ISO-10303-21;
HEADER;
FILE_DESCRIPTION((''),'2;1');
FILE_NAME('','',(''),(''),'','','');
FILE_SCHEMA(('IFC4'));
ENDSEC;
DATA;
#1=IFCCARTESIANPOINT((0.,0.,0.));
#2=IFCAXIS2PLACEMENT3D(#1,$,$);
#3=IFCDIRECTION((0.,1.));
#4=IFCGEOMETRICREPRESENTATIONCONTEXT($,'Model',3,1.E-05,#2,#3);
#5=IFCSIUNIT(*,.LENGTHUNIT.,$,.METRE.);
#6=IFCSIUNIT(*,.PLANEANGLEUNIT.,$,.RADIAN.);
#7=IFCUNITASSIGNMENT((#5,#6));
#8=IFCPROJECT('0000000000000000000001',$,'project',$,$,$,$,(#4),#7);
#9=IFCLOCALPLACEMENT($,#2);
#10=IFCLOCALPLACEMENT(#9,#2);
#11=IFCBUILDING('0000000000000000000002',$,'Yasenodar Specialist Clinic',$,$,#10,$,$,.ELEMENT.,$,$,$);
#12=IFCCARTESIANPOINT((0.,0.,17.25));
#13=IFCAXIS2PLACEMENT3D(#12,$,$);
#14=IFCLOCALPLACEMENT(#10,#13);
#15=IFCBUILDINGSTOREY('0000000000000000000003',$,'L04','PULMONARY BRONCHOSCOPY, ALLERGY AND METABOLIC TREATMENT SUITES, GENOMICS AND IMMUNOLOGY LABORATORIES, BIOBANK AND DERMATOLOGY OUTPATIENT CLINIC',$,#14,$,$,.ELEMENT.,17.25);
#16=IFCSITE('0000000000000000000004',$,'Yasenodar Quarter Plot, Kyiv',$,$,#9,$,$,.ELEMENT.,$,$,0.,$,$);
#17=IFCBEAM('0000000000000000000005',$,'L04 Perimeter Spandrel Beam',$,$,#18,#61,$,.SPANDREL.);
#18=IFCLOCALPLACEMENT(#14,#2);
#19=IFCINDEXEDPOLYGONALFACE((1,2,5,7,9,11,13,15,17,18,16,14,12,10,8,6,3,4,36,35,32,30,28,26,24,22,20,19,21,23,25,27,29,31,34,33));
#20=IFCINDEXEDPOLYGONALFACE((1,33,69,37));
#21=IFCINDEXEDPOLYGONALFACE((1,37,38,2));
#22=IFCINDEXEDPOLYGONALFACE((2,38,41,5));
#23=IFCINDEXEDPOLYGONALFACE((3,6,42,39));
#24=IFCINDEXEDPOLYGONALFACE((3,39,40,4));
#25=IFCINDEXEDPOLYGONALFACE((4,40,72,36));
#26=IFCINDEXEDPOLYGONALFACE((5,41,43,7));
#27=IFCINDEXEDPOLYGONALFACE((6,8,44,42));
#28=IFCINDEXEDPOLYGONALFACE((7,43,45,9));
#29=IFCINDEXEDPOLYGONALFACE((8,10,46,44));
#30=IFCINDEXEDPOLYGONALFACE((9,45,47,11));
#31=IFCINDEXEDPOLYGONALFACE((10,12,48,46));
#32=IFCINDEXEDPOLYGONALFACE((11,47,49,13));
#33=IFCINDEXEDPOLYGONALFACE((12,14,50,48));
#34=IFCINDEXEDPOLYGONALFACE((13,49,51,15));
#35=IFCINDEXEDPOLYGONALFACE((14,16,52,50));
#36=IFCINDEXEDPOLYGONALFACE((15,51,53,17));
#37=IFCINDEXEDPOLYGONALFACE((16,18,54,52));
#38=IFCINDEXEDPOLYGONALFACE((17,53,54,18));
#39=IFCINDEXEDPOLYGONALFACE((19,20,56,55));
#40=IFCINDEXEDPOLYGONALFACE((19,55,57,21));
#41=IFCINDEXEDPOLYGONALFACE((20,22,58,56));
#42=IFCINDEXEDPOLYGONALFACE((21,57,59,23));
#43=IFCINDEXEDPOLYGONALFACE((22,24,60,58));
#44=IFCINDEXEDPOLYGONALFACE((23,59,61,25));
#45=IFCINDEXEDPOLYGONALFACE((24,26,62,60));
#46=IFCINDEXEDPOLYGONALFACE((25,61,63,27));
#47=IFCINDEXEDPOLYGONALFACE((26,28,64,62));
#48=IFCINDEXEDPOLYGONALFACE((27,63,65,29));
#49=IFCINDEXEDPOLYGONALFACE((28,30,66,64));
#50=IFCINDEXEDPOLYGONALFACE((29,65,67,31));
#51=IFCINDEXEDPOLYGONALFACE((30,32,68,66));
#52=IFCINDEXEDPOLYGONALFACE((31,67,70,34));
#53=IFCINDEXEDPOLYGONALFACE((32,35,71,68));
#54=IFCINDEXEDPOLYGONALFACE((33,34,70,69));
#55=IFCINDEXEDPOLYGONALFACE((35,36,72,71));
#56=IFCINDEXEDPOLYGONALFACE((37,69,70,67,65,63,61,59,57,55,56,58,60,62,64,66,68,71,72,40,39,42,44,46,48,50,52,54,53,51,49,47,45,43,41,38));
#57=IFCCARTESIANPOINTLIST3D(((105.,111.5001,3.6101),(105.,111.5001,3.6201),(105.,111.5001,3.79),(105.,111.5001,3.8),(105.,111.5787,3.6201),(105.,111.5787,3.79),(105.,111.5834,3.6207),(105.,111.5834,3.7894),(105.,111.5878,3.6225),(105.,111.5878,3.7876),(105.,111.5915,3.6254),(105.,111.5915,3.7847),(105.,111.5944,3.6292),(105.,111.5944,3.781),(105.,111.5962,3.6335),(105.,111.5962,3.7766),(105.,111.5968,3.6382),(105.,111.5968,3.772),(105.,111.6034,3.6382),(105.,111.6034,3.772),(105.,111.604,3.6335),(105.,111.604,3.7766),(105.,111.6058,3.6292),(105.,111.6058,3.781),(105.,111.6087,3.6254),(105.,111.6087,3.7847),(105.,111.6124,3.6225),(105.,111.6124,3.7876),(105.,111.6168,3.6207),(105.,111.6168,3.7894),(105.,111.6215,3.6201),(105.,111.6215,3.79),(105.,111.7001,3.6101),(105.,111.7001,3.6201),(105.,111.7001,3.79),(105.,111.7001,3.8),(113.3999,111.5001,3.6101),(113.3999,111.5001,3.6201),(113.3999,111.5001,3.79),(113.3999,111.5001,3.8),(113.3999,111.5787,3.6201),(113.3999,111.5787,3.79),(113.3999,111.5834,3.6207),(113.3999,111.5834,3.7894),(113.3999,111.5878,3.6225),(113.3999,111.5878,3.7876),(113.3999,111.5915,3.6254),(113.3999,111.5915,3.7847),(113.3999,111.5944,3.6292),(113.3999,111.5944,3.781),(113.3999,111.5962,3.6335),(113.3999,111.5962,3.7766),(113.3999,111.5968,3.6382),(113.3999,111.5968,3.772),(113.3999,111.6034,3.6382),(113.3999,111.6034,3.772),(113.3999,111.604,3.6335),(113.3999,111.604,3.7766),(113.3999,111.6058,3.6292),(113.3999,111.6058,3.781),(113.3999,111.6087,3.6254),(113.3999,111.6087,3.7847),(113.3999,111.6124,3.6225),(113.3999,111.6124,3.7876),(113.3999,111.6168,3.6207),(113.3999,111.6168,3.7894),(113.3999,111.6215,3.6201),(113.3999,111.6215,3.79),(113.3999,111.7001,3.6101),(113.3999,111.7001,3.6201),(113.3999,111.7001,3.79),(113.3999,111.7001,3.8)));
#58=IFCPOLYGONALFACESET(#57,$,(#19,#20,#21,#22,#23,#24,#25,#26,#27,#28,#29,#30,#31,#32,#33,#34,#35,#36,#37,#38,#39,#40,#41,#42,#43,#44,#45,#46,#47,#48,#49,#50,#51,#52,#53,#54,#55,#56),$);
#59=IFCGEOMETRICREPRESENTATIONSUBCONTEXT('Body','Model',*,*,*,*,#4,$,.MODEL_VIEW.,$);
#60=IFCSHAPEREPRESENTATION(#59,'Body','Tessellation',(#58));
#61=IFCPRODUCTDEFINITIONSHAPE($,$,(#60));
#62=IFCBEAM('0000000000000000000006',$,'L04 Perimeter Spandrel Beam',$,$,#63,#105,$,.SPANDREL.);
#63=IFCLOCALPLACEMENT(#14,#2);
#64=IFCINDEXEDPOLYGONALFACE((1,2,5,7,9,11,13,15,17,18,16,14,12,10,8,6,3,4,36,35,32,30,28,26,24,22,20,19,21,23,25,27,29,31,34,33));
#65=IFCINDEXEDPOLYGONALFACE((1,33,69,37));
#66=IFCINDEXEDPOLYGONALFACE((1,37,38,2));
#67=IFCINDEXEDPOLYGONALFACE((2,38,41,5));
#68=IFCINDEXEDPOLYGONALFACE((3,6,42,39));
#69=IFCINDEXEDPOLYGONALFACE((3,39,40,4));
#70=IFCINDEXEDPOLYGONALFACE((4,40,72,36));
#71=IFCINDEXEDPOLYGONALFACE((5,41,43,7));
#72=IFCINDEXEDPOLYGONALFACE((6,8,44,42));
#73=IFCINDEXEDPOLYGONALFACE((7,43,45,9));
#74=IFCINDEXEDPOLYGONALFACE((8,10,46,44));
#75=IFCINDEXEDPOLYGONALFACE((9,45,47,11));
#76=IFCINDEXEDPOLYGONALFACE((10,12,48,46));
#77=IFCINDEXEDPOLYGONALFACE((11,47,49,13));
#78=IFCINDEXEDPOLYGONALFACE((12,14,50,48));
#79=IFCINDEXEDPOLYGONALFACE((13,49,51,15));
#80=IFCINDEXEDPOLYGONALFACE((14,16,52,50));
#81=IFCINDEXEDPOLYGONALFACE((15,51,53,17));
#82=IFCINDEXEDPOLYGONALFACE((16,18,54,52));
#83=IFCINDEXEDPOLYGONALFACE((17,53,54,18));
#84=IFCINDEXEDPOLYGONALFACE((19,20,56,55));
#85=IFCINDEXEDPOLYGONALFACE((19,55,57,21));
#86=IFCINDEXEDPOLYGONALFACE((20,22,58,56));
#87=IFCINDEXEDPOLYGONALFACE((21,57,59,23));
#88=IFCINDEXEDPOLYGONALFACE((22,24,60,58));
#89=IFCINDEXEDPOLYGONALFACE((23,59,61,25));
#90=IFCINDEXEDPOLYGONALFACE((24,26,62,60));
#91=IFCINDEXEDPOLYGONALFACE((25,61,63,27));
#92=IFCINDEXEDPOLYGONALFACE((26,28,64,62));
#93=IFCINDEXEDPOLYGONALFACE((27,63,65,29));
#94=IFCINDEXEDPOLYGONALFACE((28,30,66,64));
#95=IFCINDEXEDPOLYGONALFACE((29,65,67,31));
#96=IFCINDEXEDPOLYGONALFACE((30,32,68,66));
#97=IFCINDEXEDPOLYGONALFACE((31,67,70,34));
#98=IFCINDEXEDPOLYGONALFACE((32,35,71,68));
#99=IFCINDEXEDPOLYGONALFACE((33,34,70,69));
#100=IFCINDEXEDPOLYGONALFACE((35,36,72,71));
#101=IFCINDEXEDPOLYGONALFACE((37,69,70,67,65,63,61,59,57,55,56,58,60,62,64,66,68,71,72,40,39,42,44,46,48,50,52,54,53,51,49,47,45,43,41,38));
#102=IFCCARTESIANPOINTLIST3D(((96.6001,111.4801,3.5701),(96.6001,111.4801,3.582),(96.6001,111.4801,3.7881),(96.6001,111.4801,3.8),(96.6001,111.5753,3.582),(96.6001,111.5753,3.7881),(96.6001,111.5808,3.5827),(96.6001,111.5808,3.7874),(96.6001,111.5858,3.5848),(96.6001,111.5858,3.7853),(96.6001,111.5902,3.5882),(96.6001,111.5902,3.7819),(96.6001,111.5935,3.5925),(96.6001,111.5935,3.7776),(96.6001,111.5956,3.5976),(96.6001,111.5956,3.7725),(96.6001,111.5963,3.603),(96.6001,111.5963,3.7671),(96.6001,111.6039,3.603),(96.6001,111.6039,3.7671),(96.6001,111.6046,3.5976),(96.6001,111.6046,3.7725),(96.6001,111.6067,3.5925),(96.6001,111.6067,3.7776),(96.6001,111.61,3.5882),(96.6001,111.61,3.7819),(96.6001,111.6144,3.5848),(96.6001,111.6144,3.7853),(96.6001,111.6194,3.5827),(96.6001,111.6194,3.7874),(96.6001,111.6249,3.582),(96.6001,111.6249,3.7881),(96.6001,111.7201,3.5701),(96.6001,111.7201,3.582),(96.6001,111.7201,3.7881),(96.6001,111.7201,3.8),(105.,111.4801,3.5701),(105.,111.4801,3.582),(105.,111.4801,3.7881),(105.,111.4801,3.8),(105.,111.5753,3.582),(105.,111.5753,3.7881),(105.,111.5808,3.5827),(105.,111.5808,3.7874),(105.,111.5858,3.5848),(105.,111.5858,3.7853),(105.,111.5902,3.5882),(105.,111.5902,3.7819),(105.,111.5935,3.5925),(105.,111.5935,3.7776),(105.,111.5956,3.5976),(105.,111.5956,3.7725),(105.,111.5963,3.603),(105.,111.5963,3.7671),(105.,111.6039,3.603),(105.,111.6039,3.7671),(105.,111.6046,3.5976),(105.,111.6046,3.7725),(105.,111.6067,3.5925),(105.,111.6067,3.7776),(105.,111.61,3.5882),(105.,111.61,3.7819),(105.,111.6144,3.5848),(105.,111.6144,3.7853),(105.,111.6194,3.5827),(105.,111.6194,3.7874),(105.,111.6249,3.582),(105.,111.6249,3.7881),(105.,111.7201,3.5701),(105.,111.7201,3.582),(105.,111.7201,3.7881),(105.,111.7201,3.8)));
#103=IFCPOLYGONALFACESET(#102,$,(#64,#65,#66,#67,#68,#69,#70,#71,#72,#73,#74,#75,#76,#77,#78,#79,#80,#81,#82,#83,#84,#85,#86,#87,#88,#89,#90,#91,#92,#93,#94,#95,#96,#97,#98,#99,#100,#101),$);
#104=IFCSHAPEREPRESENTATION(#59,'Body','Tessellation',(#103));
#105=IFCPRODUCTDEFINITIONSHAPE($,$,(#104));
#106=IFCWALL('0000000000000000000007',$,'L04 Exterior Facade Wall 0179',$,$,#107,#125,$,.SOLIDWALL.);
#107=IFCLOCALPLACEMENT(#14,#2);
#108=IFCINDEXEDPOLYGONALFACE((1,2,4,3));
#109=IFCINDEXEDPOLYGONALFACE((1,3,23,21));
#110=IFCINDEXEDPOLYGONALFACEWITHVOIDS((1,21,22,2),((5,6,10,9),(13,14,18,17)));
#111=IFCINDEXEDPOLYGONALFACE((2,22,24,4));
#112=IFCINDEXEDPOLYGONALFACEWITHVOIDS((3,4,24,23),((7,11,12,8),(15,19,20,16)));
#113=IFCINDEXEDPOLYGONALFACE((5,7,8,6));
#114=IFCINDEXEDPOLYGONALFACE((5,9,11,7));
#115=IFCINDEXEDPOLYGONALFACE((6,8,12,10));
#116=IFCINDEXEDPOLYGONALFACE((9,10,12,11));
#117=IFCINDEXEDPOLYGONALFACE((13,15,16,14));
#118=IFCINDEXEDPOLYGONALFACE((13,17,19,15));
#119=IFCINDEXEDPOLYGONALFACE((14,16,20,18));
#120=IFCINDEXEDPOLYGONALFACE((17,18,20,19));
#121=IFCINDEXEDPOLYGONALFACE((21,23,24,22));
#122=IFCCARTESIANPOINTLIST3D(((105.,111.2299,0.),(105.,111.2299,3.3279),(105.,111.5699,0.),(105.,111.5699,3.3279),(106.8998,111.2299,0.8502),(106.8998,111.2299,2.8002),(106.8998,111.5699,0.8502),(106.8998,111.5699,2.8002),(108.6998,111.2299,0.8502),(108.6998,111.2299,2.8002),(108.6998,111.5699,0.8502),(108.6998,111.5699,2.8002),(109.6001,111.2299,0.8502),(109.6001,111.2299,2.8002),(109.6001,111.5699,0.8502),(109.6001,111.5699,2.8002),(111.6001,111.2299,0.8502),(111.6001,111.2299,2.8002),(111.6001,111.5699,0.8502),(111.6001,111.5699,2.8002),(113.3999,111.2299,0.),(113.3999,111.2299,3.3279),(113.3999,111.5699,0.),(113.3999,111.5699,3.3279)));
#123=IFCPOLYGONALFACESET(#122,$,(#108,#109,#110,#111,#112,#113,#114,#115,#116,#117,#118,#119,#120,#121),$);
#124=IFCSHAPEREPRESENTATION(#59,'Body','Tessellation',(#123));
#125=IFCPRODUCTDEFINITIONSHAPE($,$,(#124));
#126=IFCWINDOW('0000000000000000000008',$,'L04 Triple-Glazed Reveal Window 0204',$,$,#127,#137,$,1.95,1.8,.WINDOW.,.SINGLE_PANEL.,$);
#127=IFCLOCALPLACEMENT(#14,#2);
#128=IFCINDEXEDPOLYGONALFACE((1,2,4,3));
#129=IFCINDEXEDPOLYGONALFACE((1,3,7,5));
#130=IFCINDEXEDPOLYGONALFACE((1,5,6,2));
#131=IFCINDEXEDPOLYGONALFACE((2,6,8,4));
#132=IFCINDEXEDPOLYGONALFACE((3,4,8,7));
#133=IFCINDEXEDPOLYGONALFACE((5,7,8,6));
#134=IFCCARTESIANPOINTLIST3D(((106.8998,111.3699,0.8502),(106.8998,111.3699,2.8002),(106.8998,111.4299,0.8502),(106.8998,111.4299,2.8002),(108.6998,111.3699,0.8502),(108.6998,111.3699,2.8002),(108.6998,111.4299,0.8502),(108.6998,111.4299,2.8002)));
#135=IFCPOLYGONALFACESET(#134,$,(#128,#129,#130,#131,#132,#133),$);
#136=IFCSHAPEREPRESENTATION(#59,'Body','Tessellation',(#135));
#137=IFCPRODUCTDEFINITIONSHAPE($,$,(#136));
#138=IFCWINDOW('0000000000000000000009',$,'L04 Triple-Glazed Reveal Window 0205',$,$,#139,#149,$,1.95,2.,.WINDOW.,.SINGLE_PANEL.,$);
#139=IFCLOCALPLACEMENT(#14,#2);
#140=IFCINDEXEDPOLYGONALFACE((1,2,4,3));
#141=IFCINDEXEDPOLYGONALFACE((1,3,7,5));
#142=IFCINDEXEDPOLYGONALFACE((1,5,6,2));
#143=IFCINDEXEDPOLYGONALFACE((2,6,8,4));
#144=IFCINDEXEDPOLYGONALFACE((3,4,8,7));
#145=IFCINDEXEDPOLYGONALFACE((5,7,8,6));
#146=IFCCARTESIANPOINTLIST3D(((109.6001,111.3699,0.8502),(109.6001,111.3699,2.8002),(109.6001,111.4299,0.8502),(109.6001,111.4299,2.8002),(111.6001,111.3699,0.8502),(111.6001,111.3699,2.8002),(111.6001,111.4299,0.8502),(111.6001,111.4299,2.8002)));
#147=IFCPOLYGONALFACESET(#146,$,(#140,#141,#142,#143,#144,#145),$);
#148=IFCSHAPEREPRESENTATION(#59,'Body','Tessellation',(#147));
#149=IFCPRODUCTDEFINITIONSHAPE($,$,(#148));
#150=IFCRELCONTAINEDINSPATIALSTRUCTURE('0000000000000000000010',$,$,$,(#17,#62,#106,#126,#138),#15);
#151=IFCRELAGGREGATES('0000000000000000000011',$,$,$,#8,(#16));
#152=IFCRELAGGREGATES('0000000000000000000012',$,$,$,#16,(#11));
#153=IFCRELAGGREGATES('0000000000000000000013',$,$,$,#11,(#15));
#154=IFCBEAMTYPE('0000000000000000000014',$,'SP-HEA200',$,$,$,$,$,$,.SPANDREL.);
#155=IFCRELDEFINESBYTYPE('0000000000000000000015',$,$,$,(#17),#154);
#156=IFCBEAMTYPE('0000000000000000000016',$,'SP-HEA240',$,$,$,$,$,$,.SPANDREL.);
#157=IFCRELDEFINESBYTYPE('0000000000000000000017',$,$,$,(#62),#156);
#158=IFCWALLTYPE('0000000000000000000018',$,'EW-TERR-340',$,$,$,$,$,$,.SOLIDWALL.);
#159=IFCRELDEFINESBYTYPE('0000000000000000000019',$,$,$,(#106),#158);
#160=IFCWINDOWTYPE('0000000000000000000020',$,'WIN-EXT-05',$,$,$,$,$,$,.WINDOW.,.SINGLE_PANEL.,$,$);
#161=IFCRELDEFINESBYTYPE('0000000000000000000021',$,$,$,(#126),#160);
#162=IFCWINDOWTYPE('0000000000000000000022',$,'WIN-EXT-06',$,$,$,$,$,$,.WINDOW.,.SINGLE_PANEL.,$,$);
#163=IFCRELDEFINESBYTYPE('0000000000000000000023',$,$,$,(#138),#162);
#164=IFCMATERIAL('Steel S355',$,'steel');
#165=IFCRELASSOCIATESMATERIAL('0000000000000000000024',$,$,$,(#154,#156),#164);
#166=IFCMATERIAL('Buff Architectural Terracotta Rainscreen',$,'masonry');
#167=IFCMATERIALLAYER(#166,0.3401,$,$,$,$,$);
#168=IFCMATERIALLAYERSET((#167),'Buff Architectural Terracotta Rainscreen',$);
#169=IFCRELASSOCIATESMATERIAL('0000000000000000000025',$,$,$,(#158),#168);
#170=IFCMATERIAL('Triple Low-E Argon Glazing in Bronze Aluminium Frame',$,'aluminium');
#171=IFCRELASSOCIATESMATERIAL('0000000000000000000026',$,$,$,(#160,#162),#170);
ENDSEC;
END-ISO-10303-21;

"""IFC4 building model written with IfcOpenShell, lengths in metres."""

from ifc_helpers import new_model, si_unit, direction, frame, frame_2d, origin, origin_2d, place, context, subcontext, project, spatial, rectangle, i_section, extrude, material, layer, layer_set, material_profile, profile_set, type_object, element, fill, save


model = new_model("IFC4")

# Units and contexts
model_context = context("Model", 3, precision=1e-05, world=origin(), true_north=direction((0.0, 1.0)))
body_context = subcontext(model_context, "Body", "Model", "MODEL_VIEW")
ifc_project = project(units=[si_unit("LENGTHUNIT", "METRE"), si_unit("PLANEANGLEUNIT", "RADIAN")], contexts=[model_context])

# Site, building, storey
site_placement = place(None, origin())
site = spatial("IfcSite", under=ifc_project, at=site_placement, Name="Yasenodar Quarter Plot, Kyiv", CompositionType="ELEMENT", RefElevation=0.0)
building_placement = place(site_placement, origin())
building = spatial("IfcBuilding", under=site, at=building_placement, Name="Yasenodar Specialist Clinic", CompositionType="ELEMENT")
storey_placement = place(building_placement, frame((0.0, 0.0, 17.25)))
storey = spatial("IfcBuildingStorey", under=building, at=storey_placement, Name="L04", Description="PULMONARY BRONCHOSCOPY, ALLERGY AND METABOLIC TREATMENT SUITES, GENOMICS AND IMMUNOLOGY LABORATORIES, BIOBANK AND DERMATOLOGY OUTPATIENT CLINIC", CompositionType="ELEMENT", Elevation=17.25)

# Shared definitions
ifc_material_1 = material(Name="Steel S355", Category="steel")

# Beams
ifc_material_profile_1 = material_profile(ifc_material_1, i_section(OverallWidth=0.2, OverallDepth=0.1899, WebThickness=0.0066, FlangeThickness=0.01, FilletRadius=0.0181, at=origin_2d()), Name="HEA 200")
ifc_profile_set_1 = profile_set([ifc_material_profile_1], Name="Steel S355")
beam_type_1 = type_object("IfcBeamType", Name="SP-HEA200", PredefinedType="SPANDREL", material=ifc_profile_set_1)
beam_1_placement = place(storey_placement, frame((105.0, 111.6001, 3.7051), z_axis=(1.0, 0.0, 0.0), x_axis=(0.0, 1.0, 0.0)))
element("IfcBeam", 1, at=beam_1_placement, inside=storey, type_object=beam_type_1, Name="L04 Perimeter Spandrel Beam", PredefinedType="SPANDREL", context=body_context, shape_type="SweptSolid", body=[
    extrude(i_section(OverallWidth=0.2, OverallDepth=0.1899, WebThickness=0.0066, FlangeThickness=0.01, FilletRadius=0.0181, at=origin_2d()), origin(), (0.0, 0.0, 1.0), 8.3999),
])
ifc_material_profile_2 = material_profile(ifc_material_1, i_section(OverallWidth=0.24, OverallDepth=0.23, WebThickness=0.0076, FlangeThickness=0.012, FilletRadius=0.021, at=origin_2d()), Name="HEA 240")
ifc_profile_set_2 = profile_set([ifc_material_profile_2], Name="Steel S355")
beam_type_2 = type_object("IfcBeamType", Name="SP-HEA240", PredefinedType="SPANDREL", material=ifc_profile_set_2)
beam_2_placement = place(storey_placement, frame((96.6001, 111.6001, 3.6851), z_axis=(1.0, 0.0, 0.0), x_axis=(0.0, 1.0, 0.0)))
element("IfcBeam", 2, at=beam_2_placement, inside=storey, type_object=beam_type_2, Name="L04 Perimeter Spandrel Beam", PredefinedType="SPANDREL", context=body_context, shape_type="SweptSolid", body=[
    extrude(i_section(OverallWidth=0.24, OverallDepth=0.23, WebThickness=0.0076, FlangeThickness=0.012, FilletRadius=0.021, at=origin_2d()), origin(), (0.0, 0.0, 1.0), 8.3999),
])

# Wall, openings, windows
ifc_material_2 = material(Name="Buff Architectural Terracotta Rainscreen", Category="masonry")
ifc_layer_1 = layer(ifc_material_2, 0.3401)
ifc_layer_set_1 = layer_set([ifc_layer_1], Name="Buff Architectural Terracotta Rainscreen")
wall_type_1 = type_object("IfcWallType", Name="EW-TERR-340", PredefinedType="SOLIDWALL", material=ifc_layer_set_1)
wall_1_placement = place(storey_placement, frame((105.0, 111.3999, 0.0), z_axis=(0.0, 0.0, 1.0), x_axis=(1.0, 0.0, 0.0)))
wall_1 = element("IfcWall", 3, at=wall_1_placement, inside=storey, type_object=wall_type_1, Name="L04 Exterior Facade Wall 0179", PredefinedType="SOLIDWALL", context=body_context, shape_type="SweptSolid", body=[
    extrude(rectangle(XDim=8.3999, YDim=0.3401, at=frame_2d((4.2, 0.0))), origin(), (0.0, 0.0, 1.0), 3.3279),
])
opening_1_placement = place(wall_1_placement, frame((1.8999, 0.0, 0.8501)))
opening_1 = element("IfcOpeningElement", 4, at=opening_1_placement, cuts=wall_1, PredefinedType="OPENING", context=body_context, shape_type="SweptSolid", body=[
    extrude(rectangle(XDim=1.8, YDim=1.95, at=frame_2d((0.8999, 0.9751))), frame((0.0, 0.1802, 0.0), z_axis=(0.0, -1.0, 0.0), x_axis=(1.0, 0.0, 0.0)), (0.0, 0.0, 1.0), 0.3601),
])
opening_2_placement = place(wall_1_placement, frame((4.6001, 0.0, 0.8501)))
opening_2 = element("IfcOpeningElement", 5, at=opening_2_placement, cuts=wall_1, PredefinedType="OPENING", context=body_context, shape_type="SweptSolid", body=[
    extrude(rectangle(XDim=2.0, YDim=1.95, at=frame_2d((1.0, 0.9751))), frame((0.0, 0.1802, 0.0), z_axis=(0.0, -1.0, 0.0), x_axis=(1.0, 0.0, 0.0)), (0.0, 0.0, 1.0), 0.3601),
])
ifc_material_3 = material(Name="Triple Low-E Argon Glazing in Bronze Aluminium Frame", Category="aluminium")
window_type_1 = type_object("IfcWindowType", Name="WIN-EXT-05", PartitioningType="SINGLE_PANEL", PredefinedType="WINDOW", material=ifc_material_3)
window_1_placement = place(opening_1_placement, origin())
window_1 = element("IfcWindow", 6, at=window_1_placement, inside=storey, type_object=window_type_1, Name="L04 Triple-Glazed Reveal Window 0204", OverallHeight=1.95, OverallWidth=1.8, PartitioningType="SINGLE_PANEL", PredefinedType="WINDOW", context=body_context, shape_type="SweptSolid", body=[
    extrude(rectangle(XDim=1.8, YDim=1.95, at=frame_2d((0.8999, 0.9751))), frame((0.0, 0.03, 0.0), z_axis=(0.0, -1.0, 0.0), x_axis=(1.0, 0.0, 0.0)), (0.0, 0.0, 1.0), 0.0601),
])
fill(opening_1, window_1)
window_type_2 = type_object("IfcWindowType", Name="WIN-EXT-06", PartitioningType="SINGLE_PANEL", PredefinedType="WINDOW", material=ifc_material_3)
window_2_placement = place(opening_2_placement, origin())
window_2 = element("IfcWindow", 7, at=window_2_placement, inside=storey, type_object=window_type_2, Name="L04 Triple-Glazed Reveal Window 0205", OverallHeight=1.95, OverallWidth=2.0, PartitioningType="SINGLE_PANEL", PredefinedType="WINDOW", context=body_context, shape_type="SweptSolid", body=[
    extrude(rectangle(XDim=2.0, YDim=1.95, at=frame_2d((1.0, 0.9751))), frame((0.0, 0.03, 0.0), z_axis=(0.0, -1.0, 0.0), x_axis=(1.0, 0.0, 0.0)), (0.0, 0.0, 1.0), 0.0601),
])
fill(opening_2, window_2)

save(model, "model.ifc")
